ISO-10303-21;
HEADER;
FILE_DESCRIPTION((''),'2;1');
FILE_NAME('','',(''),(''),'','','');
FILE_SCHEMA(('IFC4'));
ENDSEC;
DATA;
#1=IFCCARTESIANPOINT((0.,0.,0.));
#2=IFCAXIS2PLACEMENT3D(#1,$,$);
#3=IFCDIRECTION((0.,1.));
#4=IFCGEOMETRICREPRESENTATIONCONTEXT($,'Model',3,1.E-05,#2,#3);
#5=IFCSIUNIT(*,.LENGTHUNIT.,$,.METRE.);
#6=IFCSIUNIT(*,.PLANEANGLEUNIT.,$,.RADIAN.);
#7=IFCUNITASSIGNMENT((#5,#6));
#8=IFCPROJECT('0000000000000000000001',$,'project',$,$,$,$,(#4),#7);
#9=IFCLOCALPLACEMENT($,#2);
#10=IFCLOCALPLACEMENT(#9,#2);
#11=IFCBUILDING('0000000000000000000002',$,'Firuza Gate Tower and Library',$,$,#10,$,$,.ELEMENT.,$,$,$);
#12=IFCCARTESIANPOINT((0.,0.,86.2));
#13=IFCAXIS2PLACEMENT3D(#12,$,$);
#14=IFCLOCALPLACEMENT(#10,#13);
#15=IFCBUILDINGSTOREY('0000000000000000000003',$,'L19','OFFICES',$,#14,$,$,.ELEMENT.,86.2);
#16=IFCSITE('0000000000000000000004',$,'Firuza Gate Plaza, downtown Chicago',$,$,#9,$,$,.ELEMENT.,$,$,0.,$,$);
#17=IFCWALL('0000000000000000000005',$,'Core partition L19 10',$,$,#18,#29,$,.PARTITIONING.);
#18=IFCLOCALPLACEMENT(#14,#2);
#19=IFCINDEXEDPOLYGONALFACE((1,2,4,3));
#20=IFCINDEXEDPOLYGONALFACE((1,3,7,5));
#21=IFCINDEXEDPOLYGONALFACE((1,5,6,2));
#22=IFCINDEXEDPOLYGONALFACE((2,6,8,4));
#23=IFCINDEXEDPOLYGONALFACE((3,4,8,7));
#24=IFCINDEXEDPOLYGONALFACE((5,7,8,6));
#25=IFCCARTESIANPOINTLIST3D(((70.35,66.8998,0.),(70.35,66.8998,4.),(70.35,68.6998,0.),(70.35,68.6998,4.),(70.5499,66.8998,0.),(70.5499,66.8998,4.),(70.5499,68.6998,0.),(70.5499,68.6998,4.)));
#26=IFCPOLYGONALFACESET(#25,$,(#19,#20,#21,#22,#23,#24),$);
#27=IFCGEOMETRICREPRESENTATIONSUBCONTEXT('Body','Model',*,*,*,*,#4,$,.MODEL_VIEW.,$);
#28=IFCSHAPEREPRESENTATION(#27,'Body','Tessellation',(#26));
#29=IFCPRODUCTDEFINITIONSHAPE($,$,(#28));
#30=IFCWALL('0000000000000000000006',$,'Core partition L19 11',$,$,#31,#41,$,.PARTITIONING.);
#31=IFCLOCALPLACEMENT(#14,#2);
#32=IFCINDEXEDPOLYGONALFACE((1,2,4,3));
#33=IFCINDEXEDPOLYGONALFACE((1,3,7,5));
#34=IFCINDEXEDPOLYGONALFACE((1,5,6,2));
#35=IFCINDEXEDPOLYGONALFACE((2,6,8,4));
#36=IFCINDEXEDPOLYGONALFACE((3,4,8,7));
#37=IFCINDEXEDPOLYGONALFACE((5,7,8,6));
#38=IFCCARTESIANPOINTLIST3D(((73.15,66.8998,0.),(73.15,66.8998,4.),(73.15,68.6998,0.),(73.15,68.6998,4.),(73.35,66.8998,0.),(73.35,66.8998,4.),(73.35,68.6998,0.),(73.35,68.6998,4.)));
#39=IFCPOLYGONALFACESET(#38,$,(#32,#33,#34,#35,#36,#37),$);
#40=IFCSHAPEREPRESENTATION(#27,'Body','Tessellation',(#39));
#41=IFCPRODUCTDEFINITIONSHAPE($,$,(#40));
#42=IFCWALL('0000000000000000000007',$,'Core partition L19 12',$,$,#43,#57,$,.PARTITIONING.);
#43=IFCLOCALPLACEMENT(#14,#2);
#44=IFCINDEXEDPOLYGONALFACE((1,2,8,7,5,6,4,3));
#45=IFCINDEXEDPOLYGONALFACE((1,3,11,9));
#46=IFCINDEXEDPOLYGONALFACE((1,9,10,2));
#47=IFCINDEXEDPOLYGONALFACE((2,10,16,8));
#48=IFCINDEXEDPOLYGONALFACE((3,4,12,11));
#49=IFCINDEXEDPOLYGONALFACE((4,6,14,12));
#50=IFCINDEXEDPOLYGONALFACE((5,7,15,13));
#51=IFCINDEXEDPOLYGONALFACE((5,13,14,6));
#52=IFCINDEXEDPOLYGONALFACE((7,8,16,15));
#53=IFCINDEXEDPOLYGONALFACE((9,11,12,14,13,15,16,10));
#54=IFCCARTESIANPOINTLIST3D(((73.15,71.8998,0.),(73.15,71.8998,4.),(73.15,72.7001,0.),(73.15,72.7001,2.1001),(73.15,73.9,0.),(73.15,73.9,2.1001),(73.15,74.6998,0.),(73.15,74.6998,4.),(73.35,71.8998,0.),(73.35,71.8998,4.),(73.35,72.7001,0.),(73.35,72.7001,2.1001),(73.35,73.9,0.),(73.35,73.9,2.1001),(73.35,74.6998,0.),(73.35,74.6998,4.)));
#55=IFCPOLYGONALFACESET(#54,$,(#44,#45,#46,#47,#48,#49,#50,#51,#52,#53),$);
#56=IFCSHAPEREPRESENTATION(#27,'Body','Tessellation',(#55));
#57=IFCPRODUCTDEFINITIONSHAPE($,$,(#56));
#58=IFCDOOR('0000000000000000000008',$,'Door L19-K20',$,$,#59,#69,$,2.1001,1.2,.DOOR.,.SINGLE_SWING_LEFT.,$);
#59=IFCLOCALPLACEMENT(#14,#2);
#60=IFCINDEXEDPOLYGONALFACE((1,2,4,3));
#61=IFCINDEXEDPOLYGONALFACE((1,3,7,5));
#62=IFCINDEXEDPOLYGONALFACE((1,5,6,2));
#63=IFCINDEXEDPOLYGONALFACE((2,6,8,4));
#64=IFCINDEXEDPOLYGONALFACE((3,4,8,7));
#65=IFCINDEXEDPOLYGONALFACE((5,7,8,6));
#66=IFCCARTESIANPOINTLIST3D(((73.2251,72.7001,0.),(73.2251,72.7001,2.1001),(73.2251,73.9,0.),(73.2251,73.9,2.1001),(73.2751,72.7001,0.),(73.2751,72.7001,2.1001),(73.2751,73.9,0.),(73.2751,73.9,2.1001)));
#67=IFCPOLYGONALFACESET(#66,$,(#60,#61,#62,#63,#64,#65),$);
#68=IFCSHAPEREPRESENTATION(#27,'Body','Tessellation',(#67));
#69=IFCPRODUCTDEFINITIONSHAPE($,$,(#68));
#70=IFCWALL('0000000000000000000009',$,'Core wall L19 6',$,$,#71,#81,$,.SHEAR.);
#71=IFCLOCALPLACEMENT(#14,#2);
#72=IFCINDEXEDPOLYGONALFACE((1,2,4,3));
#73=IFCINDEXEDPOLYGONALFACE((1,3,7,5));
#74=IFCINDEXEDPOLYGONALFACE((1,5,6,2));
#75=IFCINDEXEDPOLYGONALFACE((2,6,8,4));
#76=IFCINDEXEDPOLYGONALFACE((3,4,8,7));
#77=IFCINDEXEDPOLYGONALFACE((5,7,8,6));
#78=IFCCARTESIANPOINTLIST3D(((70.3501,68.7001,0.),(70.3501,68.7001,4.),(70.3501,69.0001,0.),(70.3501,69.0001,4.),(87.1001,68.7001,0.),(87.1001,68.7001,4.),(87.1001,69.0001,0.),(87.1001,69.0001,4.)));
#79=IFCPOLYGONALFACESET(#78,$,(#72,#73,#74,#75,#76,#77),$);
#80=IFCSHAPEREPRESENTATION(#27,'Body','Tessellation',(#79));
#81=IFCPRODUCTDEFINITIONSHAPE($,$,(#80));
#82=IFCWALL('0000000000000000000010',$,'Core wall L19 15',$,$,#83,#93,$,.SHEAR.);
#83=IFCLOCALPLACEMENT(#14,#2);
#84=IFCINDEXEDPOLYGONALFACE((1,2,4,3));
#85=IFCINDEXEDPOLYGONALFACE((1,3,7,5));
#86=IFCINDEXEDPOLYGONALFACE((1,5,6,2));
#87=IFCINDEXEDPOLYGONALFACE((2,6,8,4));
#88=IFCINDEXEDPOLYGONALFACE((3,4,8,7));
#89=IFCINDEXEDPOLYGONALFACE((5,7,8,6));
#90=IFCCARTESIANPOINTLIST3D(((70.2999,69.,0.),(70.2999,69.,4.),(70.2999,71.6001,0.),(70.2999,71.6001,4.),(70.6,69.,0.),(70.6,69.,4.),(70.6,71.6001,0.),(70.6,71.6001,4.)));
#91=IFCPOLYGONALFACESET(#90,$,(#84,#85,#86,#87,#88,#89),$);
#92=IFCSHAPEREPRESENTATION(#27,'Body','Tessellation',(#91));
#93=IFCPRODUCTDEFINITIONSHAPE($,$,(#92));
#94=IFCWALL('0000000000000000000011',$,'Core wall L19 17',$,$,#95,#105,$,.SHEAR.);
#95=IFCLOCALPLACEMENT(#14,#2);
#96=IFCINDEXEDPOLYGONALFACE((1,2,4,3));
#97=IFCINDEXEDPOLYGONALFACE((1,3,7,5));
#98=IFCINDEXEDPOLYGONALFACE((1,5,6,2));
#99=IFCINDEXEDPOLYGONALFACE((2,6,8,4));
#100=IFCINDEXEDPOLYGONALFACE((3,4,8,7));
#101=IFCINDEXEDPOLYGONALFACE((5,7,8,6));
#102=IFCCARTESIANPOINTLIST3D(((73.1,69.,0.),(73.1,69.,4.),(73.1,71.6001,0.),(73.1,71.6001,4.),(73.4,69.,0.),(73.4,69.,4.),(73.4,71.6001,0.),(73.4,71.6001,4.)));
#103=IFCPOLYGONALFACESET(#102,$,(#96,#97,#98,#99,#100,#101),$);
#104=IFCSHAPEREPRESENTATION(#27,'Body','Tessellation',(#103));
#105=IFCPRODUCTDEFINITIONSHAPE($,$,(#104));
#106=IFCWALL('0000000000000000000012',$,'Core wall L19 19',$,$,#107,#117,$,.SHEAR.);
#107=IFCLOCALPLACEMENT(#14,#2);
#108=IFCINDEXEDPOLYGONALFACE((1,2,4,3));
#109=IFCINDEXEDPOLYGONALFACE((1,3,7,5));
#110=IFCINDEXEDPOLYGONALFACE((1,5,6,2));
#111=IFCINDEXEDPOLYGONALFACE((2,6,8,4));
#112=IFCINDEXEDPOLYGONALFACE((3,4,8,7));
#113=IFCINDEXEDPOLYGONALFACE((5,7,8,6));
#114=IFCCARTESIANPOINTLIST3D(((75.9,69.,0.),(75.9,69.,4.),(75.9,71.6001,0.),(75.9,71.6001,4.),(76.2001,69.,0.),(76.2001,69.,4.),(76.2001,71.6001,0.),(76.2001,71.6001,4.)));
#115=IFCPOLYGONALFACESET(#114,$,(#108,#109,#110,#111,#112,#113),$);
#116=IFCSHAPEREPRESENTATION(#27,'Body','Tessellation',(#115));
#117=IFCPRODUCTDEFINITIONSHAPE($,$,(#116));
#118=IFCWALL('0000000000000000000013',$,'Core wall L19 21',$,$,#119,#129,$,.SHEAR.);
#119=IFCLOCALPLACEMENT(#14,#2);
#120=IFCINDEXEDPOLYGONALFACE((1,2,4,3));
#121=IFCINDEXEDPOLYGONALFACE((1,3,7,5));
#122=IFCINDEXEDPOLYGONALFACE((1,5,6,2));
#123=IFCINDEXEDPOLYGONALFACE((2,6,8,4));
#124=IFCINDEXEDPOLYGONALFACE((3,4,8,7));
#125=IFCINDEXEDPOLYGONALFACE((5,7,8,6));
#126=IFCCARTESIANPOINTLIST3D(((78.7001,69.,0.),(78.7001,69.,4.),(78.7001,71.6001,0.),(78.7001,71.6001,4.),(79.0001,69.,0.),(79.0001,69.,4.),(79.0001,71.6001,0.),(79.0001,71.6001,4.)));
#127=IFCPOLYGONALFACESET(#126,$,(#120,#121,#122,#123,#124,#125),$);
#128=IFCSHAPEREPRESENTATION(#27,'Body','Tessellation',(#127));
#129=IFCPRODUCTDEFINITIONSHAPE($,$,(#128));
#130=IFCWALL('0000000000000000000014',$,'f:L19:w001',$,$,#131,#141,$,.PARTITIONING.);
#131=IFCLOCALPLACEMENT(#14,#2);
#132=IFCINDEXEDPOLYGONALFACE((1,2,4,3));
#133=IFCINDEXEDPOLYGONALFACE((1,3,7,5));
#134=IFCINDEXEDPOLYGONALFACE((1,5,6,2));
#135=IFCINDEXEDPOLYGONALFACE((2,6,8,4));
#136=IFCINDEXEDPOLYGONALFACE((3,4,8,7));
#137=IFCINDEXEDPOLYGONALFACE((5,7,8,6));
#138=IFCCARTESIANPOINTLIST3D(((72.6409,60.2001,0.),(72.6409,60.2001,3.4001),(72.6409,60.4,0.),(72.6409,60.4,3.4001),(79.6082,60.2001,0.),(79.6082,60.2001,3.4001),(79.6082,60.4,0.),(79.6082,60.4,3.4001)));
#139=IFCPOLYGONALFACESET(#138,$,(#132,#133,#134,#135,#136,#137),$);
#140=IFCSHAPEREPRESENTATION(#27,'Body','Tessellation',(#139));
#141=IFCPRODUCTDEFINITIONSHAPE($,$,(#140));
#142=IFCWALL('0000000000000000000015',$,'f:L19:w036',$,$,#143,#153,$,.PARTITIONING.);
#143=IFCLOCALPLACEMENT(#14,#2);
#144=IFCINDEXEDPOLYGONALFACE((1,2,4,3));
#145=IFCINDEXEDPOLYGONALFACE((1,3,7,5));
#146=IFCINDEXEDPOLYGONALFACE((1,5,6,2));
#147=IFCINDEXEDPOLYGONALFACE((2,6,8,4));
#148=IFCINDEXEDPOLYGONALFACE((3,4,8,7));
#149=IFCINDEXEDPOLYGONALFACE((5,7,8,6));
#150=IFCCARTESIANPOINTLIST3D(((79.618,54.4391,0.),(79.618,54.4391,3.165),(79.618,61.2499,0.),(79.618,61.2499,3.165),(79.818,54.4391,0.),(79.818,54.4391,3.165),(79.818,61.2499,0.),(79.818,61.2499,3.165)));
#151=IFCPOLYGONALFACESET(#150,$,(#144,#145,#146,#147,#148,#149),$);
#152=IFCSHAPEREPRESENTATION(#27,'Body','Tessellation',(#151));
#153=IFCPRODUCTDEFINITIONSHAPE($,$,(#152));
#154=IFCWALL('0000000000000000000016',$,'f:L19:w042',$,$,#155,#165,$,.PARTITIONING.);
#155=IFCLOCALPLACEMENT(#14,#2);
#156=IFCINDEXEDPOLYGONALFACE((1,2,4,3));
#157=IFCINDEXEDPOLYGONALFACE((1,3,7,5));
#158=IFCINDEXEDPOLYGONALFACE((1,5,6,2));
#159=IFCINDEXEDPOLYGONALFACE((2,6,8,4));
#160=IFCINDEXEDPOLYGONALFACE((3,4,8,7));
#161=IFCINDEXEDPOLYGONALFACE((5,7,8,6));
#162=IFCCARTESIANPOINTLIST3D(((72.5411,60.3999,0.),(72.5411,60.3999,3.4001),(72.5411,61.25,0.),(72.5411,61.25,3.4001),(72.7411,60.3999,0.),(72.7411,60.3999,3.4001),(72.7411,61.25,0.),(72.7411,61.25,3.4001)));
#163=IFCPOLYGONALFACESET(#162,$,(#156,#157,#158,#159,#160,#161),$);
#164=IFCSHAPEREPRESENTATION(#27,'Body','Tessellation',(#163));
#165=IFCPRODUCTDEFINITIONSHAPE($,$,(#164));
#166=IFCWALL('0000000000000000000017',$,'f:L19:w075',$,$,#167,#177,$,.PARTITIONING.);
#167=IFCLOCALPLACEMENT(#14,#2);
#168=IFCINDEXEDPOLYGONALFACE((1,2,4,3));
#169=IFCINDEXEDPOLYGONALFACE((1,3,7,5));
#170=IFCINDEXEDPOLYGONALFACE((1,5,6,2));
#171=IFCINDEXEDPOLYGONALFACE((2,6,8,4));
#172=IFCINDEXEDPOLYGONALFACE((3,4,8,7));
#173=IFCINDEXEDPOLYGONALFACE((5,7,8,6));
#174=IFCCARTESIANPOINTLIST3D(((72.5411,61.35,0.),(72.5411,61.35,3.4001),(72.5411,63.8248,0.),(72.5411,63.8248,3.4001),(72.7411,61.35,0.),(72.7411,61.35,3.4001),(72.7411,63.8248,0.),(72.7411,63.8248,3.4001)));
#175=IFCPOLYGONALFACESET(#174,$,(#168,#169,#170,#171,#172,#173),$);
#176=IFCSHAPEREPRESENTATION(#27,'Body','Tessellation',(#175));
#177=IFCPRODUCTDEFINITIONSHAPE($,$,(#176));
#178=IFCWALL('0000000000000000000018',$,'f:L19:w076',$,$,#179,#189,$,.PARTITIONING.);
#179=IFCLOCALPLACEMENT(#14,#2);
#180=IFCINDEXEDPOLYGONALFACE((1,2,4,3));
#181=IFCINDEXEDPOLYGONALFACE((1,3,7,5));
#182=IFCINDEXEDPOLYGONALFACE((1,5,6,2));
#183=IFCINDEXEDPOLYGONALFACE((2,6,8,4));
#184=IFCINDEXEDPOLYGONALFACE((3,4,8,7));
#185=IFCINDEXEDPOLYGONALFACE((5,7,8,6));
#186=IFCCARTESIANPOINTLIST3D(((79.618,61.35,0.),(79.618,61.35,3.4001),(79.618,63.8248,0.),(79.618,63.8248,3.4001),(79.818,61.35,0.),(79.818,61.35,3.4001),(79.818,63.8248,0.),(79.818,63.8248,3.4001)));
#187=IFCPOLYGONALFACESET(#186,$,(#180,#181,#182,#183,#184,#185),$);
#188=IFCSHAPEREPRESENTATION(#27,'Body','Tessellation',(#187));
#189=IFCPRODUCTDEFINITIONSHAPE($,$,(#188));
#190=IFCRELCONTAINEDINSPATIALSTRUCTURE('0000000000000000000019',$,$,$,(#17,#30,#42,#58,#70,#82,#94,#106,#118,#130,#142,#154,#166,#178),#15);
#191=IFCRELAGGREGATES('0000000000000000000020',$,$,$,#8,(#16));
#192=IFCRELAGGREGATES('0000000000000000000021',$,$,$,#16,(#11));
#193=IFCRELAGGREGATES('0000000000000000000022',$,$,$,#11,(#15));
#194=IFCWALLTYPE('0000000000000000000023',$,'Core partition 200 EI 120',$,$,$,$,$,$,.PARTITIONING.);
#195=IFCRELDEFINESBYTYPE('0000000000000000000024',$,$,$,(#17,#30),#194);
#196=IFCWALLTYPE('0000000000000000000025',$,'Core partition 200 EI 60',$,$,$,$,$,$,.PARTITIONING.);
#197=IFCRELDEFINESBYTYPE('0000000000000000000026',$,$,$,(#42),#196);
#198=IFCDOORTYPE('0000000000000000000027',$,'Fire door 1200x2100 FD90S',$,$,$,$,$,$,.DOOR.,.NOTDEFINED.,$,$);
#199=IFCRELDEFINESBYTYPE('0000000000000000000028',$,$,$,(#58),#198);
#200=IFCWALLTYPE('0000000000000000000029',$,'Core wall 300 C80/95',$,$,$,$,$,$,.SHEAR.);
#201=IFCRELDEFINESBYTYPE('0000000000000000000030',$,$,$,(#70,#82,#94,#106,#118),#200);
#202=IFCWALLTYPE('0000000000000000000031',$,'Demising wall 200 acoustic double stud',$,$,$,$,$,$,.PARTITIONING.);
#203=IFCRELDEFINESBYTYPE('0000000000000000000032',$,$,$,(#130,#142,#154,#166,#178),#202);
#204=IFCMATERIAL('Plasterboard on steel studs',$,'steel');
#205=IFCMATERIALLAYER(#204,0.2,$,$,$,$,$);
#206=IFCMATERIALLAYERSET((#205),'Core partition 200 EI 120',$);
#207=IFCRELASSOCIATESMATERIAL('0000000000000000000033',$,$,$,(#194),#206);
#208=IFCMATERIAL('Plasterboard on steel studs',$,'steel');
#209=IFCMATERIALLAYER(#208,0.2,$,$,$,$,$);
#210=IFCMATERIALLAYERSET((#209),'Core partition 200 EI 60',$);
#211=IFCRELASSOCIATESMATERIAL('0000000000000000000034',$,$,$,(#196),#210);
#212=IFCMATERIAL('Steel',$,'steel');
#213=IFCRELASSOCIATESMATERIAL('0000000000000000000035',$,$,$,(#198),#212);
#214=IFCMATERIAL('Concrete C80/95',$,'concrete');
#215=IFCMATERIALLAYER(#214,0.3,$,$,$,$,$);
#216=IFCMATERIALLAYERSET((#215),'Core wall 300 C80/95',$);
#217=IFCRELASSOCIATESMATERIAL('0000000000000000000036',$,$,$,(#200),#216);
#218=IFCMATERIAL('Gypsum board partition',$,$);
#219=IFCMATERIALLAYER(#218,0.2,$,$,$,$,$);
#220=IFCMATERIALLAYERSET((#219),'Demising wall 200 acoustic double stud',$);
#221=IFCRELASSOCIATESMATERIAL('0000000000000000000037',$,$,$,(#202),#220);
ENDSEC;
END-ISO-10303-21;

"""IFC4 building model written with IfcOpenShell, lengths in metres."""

from ifc_helpers import new_model, si_unit, direction, frame, frame_2d, origin, place, context, subcontext, project, spatial, rectangle, extrude, material, layer, layer_set, type_object, element, fill, save


model = new_model("IFC4")

# Units and contexts
model_context = context("Model", 3, precision=1e-05, world=origin(), true_north=direction((0.0, 1.0)))
body_context = subcontext(model_context, "Body", "Model", "MODEL_VIEW")
ifc_project = project(units=[si_unit("LENGTHUNIT", "METRE"), si_unit("PLANEANGLEUNIT", "RADIAN")], contexts=[model_context])

# Site, building, storey
site_placement = place(None, origin())
site = spatial("IfcSite", under=ifc_project, at=site_placement, Name="Firuza Gate Plaza, downtown Chicago", CompositionType="ELEMENT", RefElevation=0.0)
building_placement = place(site_placement, origin())
building = spatial("IfcBuilding", under=site, at=building_placement, Name="Firuza Gate Tower and Library", CompositionType="ELEMENT")
storey_placement = place(building_placement, frame((0.0, 0.0, 86.2)))
storey = spatial("IfcBuildingStorey", under=building, at=storey_placement, Name="L19", Description="OFFICES", CompositionType="ELEMENT", Elevation=86.2)

# Walls
ifc_material_1 = material(Name="Plasterboard on steel studs", Category="steel")
ifc_layer_1 = layer(ifc_material_1, 0.2)
ifc_layer_set_1 = layer_set([ifc_layer_1], Name="Core partition 200 EI 120")
wall_type_1 = type_object("IfcWallType", Name="Core partition 200 EI 120", PredefinedType="PARTITIONING", material=ifc_layer_set_1)
for number, where, z_axis, x_axis, name in (
    (1, (70.45, 66.8999, 0.0), (0.0, 0.0, 1.0), (0.0, 1.0, 0.0), "Core partition L19 10"),
    (2, (73.25, 66.8999, 0.0), (0.0, 0.0, 1.0), (0.0, 1.0, 0.0), "Core partition L19 11"),
):
    element("IfcWall", number, at=place(storey_placement, frame(where, z_axis=z_axis, x_axis=x_axis)), inside=storey, type_object=wall_type_1, Name=name, PredefinedType="PARTITIONING", context=body_context, shape_type="SweptSolid", body=[
        extrude(rectangle(XDim=1.8, YDim=0.2, at=frame_2d((0.8999, 0.0))), origin(), (0.0, 0.0, 1.0), 4.0),
    ])

# Wall, opening, door
ifc_material_2 = material(Name="Plasterboard on steel studs", Category="steel")
ifc_layer_2 = layer(ifc_material_2, 0.2)
ifc_layer_set_2 = layer_set([ifc_layer_2], Name="Core partition 200 EI 60")
wall_type_2 = type_object("IfcWallType", Name="Core partition 200 EI 60", PredefinedType="PARTITIONING", material=ifc_layer_set_2)
wall_1_placement = place(storey_placement, frame((73.25, 71.8999, 0.0), z_axis=(0.0, 0.0, 1.0), x_axis=(0.0, 1.0, 0.0)))
wall_1 = element("IfcWall", 3, at=wall_1_placement, inside=storey, type_object=wall_type_2, Name="Core partition L19 12", PredefinedType="PARTITIONING", context=body_context, shape_type="SweptSolid", body=[
    extrude(rectangle(XDim=2.8, YDim=0.2, at=frame_2d((1.3999, 0.0))), origin(), (0.0, 0.0, 1.0), 4.0),
])
opening_1_placement = place(wall_1_placement, frame((0.8, 0.0, 0.0)))
opening_1 = element("IfcOpeningElement", 4, at=opening_1_placement, cuts=wall_1, PredefinedType="OPENING", context=body_context, shape_type="SweptSolid", body=[
    extrude(rectangle(XDim=1.2, YDim=2.1001, at=frame_2d((0.6001, 1.05))), frame((0.0, 0.1099, 0.0), z_axis=(0.0, -1.0, 0.0), x_axis=(1.0, 0.0, 0.0)), (0.0, 0.0, 1.0), 0.22),
])
ifc_material_3 = material(Name="Steel", Category="steel")
door_type_1 = type_object("IfcDoorType", Name="Fire door 1200x2100 FD90S", OperationType="NOTDEFINED", PredefinedType="DOOR", material=ifc_material_3)
door_1_placement = place(opening_1_placement, origin())
door_1 = element("IfcDoor", 5, at=door_1_placement, inside=storey, type_object=door_type_1, Name="Door L19-K20", OperationType="SINGLE_SWING_LEFT", OverallHeight=2.1001, OverallWidth=1.2, PredefinedType="DOOR", context=body_context, shape_type="SweptSolid", body=[
    extrude(rectangle(XDim=1.2, YDim=2.1001, at=frame_2d((0.6001, 1.05))), frame((0.0, 0.0249, 0.0), z_axis=(0.0, -1.0, 0.0), x_axis=(1.0, 0.0, 0.0)), (0.0, 0.0, 1.0), 0.05),
])
fill(opening_1, door_1)

# Walls
ifc_material_4 = material(Name="Concrete C80/95", Category="concrete")
ifc_layer_3 = layer(ifc_material_4, 0.3)
ifc_layer_set_3 = layer_set([ifc_layer_3], Name="Core wall 300 C80/95")
wall_type_3 = type_object("IfcWallType", Name="Core wall 300 C80/95", PredefinedType="SHEAR", material=ifc_layer_set_3)
wall_2_placement = place(storey_placement, frame((70.3501, 68.8501, 0.0), z_axis=(0.0, 0.0, 1.0), x_axis=(1.0, 0.0, 0.0)))
element("IfcWall", 6, at=wall_2_placement, inside=storey, type_object=wall_type_3, Name="Core wall L19 6", PredefinedType="SHEAR", context=body_context, shape_type="SweptSolid", body=[
    extrude(rectangle(XDim=16.75, YDim=0.3, at=frame_2d((8.375, 0.0))), origin(), (0.0, 0.0, 1.0), 4.0),
])
for number, where, z_axis, x_axis, name in (
    (7, (70.45, 69.0, 0.0), (0.0, 0.0, 1.0), (0.0, 1.0, 0.0), "Core wall L19 15"),
    (8, (73.25, 69.0, 0.0), (0.0, 0.0, 1.0), (0.0, 1.0, 0.0), "Core wall L19 17"),
    (9, (76.05, 69.0, 0.0), (0.0, 0.0, 1.0), (0.0, 1.0, 0.0), "Core wall L19 19"),
    (10, (78.8501, 69.0, 0.0), (0.0, 0.0, 1.0), (0.0, 1.0, 0.0), "Core wall L19 21"),
):
    element("IfcWall", number, at=place(storey_placement, frame(where, z_axis=z_axis, x_axis=x_axis)), inside=storey, type_object=wall_type_3, Name=name, PredefinedType="SHEAR", context=body_context, shape_type="SweptSolid", body=[
        extrude(rectangle(XDim=2.6001, YDim=0.3, at=frame_2d((1.3, 0.0))), origin(), (0.0, 0.0, 1.0), 4.0),
    ])
ifc_material_5 = material(Name="Gypsum board partition")
ifc_layer_4 = layer(ifc_material_5, 0.2)
ifc_layer_set_4 = layer_set([ifc_layer_4], Name="Demising wall 200 acoustic double stud")
wall_type_4 = type_object("IfcWallType", Name="Demising wall 200 acoustic double stud", PredefinedType="PARTITIONING", material=ifc_layer_set_4)
wall_3_placement = place(storey_placement, frame((72.6409, 60.3, 0.0), z_axis=(0.0, 0.0, 1.0), x_axis=(1.0, 0.0, 0.0)))
element("IfcWall", 11, at=wall_3_placement, inside=storey, type_object=wall_type_4, Name="f:L19:w001", PredefinedType="PARTITIONING", context=body_context, shape_type="SweptSolid", body=[
    extrude(rectangle(XDim=6.9673, YDim=0.2, at=frame_2d((3.4836, 0.0))), origin(), (0.0, 0.0, 1.0), 3.4001),
])
wall_4_placement = place(storey_placement, frame((79.718, 54.4392, 0.0), z_axis=(0.0, 0.0, 1.0), x_axis=(0.0, 1.0, 0.0)))
element("IfcWall", 12, at=wall_4_placement, inside=storey, type_object=wall_type_4, Name="f:L19:w036", PredefinedType="PARTITIONING", context=body_context, shape_type="SweptSolid", body=[
    extrude(rectangle(XDim=6.8108, YDim=0.2, at=frame_2d((3.4053, 0.0))), origin(), (0.0, 0.0, 1.0), 3.165),
])
wall_5_placement = place(storey_placement, frame((72.6411, 60.3999, 0.0), z_axis=(0.0, 0.0, 1.0), x_axis=(0.0, 1.0, 0.0)))
element("IfcWall", 13, at=wall_5_placement, inside=storey, type_object=wall_type_4, Name="f:L19:w042", PredefinedType="PARTITIONING", context=body_context, shape_type="SweptSolid", body=[
    extrude(rectangle(XDim=0.8501, YDim=0.2, at=frame_2d((0.425, 0.0))), origin(), (0.0, 0.0, 1.0), 3.4001),
])
for number, where, z_axis, x_axis, name in (
    (14, (72.6411, 61.3501, 0.0), (0.0, 0.0, 1.0), (0.0, 1.0, 0.0), "f:L19:w075"),
    (15, (79.718, 61.3501, 0.0), (0.0, 0.0, 1.0), (0.0, 1.0, 0.0), "f:L19:w076"),
):
    element("IfcWall", number, at=place(storey_placement, frame(where, z_axis=z_axis, x_axis=x_axis)), inside=storey, type_object=wall_type_4, Name=name, PredefinedType="PARTITIONING", context=body_context, shape_type="SweptSolid", body=[
        extrude(rectangle(XDim=2.4749, YDim=0.2, at=frame_2d((1.2373, 0.0))), origin(), (0.0, 0.0, 1.0), 3.4001),
    ])

save(model, "model.ifc")
